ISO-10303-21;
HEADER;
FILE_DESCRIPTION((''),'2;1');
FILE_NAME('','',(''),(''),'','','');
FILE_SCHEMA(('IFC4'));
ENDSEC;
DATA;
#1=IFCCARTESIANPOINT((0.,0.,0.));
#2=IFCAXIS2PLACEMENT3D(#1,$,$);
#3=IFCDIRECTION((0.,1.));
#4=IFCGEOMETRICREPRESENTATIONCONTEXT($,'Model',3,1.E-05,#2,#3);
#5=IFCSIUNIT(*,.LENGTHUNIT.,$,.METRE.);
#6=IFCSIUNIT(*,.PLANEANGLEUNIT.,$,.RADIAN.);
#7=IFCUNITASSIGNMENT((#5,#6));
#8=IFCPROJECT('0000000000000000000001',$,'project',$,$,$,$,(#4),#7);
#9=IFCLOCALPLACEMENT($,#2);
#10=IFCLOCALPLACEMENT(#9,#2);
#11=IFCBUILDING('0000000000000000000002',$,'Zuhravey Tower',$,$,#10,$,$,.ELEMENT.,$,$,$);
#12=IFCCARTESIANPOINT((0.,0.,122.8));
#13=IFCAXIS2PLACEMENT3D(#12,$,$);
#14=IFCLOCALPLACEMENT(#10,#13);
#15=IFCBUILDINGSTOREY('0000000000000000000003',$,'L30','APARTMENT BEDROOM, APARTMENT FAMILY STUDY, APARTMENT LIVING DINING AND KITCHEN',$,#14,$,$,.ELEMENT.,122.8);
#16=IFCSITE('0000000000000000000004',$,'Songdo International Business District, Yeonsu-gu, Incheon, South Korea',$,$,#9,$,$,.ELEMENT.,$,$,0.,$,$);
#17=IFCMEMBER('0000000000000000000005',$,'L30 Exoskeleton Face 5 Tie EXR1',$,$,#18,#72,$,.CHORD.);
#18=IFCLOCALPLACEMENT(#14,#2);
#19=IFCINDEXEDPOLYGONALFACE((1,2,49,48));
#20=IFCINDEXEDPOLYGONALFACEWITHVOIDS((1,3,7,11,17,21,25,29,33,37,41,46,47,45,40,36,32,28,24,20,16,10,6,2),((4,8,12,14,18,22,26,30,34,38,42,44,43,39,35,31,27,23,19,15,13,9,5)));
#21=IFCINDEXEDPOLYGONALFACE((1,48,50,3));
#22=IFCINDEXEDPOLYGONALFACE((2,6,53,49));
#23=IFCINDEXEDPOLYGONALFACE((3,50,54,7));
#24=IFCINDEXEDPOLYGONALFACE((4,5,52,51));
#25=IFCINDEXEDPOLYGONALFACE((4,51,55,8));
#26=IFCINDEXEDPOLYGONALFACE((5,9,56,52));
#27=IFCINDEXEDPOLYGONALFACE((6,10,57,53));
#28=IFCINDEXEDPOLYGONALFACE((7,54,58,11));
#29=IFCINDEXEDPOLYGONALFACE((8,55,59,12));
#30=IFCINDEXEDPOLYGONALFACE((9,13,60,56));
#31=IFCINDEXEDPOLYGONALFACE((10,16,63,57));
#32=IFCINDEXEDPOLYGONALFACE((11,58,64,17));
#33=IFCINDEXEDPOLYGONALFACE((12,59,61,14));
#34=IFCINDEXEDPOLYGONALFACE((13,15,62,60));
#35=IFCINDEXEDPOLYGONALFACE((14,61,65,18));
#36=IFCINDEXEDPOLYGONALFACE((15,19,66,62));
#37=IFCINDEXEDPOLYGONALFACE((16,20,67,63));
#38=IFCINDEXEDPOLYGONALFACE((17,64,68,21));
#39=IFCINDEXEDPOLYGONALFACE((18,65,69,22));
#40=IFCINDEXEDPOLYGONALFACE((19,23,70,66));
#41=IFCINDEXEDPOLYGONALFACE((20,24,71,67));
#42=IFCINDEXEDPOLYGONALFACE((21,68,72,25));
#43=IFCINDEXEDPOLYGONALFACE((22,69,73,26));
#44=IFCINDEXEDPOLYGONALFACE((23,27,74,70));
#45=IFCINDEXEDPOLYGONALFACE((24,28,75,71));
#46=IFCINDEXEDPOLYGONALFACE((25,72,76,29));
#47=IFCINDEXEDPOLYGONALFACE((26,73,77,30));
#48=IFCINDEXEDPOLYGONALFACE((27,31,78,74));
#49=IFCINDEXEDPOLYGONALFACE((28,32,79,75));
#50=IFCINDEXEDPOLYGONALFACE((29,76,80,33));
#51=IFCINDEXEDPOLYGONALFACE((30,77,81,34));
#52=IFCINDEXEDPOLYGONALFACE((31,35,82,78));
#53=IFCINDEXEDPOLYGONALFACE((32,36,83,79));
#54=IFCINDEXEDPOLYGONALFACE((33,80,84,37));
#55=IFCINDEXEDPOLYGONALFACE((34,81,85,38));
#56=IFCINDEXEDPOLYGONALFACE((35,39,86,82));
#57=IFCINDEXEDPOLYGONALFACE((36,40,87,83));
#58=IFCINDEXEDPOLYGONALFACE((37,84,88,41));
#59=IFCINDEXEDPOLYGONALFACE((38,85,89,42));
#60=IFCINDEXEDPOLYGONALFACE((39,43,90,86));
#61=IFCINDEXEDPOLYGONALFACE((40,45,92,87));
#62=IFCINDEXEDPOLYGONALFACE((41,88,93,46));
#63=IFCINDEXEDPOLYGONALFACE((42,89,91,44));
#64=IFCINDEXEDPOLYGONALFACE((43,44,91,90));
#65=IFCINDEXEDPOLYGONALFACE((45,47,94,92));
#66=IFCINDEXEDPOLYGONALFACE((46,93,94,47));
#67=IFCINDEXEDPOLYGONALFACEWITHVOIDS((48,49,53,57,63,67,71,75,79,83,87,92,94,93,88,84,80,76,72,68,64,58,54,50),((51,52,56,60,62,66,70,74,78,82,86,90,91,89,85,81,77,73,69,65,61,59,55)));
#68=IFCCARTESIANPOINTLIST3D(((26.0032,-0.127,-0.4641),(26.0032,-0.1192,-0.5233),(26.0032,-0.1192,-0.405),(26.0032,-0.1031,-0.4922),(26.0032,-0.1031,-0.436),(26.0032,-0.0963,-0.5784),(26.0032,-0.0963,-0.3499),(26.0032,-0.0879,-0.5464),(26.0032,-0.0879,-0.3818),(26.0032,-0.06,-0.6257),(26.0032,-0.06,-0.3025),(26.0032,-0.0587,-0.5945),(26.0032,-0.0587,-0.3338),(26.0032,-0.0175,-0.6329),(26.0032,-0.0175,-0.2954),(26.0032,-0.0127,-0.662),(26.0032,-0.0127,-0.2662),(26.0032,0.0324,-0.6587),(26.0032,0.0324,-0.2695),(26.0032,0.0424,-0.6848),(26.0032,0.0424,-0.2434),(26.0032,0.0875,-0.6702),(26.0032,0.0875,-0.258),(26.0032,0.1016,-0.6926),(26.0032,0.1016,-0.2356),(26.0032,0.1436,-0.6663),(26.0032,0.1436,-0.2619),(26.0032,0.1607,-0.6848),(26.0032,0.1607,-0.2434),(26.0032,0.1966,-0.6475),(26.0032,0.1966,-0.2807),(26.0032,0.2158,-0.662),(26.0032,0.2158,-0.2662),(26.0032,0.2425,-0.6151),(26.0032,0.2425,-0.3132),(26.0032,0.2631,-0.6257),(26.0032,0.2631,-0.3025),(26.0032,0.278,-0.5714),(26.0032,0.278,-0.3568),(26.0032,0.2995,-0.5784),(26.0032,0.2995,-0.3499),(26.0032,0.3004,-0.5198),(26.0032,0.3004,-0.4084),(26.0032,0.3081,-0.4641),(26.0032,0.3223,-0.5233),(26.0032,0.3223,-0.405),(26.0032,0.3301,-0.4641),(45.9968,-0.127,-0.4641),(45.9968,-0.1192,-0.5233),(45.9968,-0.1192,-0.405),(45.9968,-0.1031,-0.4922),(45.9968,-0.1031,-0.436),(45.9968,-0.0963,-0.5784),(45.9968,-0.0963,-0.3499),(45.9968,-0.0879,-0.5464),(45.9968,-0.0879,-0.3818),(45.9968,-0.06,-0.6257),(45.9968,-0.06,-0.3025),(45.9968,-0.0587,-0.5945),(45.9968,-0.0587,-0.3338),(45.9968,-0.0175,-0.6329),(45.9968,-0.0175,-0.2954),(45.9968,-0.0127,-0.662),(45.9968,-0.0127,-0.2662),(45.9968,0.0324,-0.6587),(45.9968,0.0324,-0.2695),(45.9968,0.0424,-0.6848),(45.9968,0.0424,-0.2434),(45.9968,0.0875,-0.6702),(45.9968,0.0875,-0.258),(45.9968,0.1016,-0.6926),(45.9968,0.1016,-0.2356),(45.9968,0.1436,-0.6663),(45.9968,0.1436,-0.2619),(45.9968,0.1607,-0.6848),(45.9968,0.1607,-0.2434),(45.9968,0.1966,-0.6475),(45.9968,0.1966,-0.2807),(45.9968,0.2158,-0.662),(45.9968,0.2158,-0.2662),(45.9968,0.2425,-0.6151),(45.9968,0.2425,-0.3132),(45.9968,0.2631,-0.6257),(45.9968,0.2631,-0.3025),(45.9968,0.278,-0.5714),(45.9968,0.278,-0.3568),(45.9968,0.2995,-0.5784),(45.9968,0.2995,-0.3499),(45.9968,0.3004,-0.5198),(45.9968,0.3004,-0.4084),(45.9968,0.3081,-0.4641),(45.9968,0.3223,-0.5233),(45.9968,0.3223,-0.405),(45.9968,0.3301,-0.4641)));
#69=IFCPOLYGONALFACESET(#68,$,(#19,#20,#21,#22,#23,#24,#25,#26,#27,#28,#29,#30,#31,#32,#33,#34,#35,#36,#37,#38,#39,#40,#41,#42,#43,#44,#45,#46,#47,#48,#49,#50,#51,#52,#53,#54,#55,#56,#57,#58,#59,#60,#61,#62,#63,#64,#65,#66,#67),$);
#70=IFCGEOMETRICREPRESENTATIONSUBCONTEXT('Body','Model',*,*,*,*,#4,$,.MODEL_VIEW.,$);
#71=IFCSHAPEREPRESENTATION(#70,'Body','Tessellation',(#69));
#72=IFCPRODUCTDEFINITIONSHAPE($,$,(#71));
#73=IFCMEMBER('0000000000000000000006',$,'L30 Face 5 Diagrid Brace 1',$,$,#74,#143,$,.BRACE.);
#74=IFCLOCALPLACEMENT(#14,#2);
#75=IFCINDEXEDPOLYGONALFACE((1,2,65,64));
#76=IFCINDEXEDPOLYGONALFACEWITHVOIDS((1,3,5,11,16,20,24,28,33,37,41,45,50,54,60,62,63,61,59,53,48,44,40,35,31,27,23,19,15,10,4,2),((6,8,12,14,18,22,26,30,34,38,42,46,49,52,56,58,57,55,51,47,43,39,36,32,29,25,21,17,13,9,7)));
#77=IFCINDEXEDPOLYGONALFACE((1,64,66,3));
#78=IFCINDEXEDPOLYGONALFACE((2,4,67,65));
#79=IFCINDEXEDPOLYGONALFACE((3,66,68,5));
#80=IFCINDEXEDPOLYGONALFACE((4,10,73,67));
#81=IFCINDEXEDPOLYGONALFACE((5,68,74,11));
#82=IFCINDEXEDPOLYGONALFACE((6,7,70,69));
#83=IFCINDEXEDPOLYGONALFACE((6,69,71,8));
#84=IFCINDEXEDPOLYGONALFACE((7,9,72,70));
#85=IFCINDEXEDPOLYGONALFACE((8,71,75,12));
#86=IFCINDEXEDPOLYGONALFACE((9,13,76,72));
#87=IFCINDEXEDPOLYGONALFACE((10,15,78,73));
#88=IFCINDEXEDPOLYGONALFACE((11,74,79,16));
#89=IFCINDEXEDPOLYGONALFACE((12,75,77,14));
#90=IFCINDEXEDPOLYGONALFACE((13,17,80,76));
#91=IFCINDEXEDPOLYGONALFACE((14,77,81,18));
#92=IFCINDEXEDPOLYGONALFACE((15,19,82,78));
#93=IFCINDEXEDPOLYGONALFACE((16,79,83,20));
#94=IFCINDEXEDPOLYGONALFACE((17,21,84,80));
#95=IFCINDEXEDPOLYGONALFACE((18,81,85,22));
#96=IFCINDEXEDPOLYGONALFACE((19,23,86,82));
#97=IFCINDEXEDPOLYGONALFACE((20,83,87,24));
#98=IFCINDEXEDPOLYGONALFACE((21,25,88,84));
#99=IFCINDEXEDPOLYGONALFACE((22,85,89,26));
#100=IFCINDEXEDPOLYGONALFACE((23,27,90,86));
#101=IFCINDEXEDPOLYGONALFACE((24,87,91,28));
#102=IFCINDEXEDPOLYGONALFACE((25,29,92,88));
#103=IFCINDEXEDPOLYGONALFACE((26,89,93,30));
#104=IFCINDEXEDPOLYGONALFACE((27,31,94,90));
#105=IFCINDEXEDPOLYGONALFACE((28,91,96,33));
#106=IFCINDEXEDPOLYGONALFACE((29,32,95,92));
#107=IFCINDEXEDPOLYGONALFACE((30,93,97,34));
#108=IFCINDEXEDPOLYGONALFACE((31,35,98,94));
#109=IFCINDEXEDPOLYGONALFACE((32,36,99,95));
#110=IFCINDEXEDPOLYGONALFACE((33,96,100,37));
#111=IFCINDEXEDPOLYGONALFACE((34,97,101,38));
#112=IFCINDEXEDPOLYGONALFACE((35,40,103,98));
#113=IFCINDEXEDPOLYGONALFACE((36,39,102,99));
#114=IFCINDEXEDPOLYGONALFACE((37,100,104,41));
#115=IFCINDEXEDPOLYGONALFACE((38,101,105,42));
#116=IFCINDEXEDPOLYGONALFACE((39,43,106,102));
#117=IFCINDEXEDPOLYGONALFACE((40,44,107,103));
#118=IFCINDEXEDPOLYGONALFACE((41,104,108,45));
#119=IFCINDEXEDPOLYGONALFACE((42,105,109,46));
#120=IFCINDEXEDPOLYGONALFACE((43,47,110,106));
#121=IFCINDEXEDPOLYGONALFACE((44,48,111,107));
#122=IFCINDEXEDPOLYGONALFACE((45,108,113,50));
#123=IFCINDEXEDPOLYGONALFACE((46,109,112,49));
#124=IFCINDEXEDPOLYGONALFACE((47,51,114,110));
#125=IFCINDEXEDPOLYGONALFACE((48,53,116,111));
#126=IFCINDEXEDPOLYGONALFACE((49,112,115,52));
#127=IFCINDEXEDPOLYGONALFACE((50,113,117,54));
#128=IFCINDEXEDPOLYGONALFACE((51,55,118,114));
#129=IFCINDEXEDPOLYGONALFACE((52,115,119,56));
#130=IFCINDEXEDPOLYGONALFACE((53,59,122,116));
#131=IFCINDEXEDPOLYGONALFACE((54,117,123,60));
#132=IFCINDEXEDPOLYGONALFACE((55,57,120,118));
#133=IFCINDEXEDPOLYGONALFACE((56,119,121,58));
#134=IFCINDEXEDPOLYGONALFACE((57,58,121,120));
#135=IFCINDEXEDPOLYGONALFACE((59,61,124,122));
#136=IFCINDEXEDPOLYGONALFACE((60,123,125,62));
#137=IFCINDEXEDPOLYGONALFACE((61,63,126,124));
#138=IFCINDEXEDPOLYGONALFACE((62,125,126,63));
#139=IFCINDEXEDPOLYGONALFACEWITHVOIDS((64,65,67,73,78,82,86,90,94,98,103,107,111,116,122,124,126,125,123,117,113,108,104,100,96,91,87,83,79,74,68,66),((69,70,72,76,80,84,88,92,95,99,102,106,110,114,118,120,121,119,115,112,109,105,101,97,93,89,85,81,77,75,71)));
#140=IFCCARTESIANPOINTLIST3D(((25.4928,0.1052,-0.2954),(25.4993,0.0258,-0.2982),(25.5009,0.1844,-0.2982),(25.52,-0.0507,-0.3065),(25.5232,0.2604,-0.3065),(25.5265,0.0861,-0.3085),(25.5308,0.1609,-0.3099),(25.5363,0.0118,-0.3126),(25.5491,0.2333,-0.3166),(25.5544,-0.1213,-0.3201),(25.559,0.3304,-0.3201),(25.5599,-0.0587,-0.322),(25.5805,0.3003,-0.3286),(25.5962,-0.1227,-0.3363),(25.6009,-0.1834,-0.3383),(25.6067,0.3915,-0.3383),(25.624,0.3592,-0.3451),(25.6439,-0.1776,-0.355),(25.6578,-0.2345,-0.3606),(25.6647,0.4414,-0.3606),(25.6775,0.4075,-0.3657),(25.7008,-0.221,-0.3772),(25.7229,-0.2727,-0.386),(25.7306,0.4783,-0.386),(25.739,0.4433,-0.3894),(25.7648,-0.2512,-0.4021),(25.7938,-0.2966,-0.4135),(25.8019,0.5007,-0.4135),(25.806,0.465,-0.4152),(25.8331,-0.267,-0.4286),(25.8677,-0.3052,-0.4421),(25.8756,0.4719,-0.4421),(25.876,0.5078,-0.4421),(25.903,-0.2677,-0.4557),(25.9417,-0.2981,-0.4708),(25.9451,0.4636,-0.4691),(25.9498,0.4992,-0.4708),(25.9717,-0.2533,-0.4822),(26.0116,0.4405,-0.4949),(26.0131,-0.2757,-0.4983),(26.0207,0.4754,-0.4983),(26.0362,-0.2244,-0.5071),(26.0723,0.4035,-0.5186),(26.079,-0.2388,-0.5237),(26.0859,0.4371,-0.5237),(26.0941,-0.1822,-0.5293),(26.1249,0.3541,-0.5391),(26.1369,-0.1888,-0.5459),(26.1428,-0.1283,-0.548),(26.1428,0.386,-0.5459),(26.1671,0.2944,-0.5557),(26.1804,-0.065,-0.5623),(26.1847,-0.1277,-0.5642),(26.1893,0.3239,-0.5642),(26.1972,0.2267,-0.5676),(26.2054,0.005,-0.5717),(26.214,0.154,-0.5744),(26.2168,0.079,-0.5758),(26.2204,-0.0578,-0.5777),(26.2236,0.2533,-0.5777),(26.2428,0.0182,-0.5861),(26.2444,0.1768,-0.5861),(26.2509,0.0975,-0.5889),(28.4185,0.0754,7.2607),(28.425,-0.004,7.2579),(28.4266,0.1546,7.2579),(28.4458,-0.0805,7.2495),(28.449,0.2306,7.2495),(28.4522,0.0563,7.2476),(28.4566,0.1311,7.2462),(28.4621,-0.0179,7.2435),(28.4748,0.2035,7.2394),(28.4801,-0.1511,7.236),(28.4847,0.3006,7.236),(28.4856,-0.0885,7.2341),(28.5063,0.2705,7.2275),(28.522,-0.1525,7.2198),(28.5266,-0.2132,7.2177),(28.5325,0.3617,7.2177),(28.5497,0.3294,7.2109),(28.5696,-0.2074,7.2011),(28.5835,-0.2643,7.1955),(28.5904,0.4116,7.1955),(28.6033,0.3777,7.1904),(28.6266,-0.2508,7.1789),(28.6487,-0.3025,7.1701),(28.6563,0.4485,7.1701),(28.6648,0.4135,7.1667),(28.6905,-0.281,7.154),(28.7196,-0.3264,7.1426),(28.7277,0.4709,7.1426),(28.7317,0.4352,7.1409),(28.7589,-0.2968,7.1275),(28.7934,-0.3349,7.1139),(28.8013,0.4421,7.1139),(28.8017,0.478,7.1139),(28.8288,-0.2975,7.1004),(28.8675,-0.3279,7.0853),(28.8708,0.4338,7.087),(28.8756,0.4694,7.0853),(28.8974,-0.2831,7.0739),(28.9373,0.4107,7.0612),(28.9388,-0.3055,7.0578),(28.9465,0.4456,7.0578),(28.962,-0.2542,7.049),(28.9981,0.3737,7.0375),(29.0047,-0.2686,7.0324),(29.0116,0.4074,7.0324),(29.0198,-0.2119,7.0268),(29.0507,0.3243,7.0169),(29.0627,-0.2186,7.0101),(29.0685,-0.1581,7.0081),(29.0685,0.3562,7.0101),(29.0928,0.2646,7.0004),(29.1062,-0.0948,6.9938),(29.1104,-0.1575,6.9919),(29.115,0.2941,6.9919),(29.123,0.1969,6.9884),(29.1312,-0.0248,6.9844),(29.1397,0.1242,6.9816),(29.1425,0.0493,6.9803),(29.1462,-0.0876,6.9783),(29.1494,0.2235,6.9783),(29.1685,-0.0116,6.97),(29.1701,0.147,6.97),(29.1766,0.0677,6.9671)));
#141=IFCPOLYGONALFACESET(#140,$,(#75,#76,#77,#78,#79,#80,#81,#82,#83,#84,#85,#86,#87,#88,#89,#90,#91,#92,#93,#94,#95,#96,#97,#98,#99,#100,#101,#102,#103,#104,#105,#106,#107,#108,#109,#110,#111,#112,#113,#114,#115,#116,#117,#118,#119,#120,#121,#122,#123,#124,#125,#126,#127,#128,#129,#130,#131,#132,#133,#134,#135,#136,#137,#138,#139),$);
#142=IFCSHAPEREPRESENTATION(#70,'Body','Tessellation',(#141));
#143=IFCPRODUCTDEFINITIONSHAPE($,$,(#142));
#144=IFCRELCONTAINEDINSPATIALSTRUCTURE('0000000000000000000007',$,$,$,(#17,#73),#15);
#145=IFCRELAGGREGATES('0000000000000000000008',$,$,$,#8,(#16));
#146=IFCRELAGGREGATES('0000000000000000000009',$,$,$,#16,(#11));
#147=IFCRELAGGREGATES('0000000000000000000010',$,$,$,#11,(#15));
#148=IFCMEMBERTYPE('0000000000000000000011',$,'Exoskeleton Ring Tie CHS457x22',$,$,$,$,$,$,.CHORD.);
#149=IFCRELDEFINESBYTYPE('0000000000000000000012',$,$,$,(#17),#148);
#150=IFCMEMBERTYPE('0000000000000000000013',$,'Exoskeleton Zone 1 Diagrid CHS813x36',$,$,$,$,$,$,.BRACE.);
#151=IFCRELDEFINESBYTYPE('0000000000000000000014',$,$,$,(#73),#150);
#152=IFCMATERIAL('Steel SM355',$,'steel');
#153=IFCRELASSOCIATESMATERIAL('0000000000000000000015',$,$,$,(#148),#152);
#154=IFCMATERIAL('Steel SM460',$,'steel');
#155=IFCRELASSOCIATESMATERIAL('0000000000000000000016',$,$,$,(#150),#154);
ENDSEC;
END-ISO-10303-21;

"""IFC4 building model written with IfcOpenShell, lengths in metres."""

from ifc_helpers import new_model, si_unit, direction, frame, origin, origin_2d, place, context, subcontext, project, spatial, hollow_circle, extrude, material, material_profile, profile_set, type_object, element, save


model = new_model("IFC4")

# Units and contexts
model_context = context("Model", 3, precision=1e-05, world=origin(), true_north=direction((0.0, 1.0)))
body_context = subcontext(model_context, "Body", "Model", "MODEL_VIEW")
ifc_project = project(units=[si_unit("LENGTHUNIT", "METRE"), si_unit("PLANEANGLEUNIT", "RADIAN")], contexts=[model_context])

# Site, building, storey
site_placement = place(None, origin())
site = spatial("IfcSite", under=ifc_project, at=site_placement, Name="Songdo International Business District, Yeonsu-gu, Incheon, South Korea", CompositionType="ELEMENT", RefElevation=0.0)
building_placement = place(site_placement, origin())
building = spatial("IfcBuilding", under=site, at=building_placement, Name="Zuhravey Tower", CompositionType="ELEMENT")
storey_placement = place(building_placement, frame((0.0, 0.0, 122.8)))
storey = spatial("IfcBuildingStorey", under=building, at=storey_placement, Name="L30", Description="APARTMENT BEDROOM, APARTMENT FAMILY STUDY, APARTMENT LIVING DINING AND KITCHEN", CompositionType="ELEMENT", Elevation=122.8)

# Members
ifc_material_1 = material(Name="Steel SM355", Category="steel")
ifc_material_profile_1 = material_profile(ifc_material_1, hollow_circle(Radius=0.2285, WallThickness=0.022, at=origin_2d()), Name="CHS-457.2x22")
ifc_profile_set_1 = profile_set([ifc_material_profile_1], Name="Steel SM355")
member_type_1 = type_object("IfcMemberType", Name="Exoskeleton Ring Tie CHS457x22", PredefinedType="CHORD", material=ifc_profile_set_1)
member_1_placement = place(storey_placement, frame((26.0032, 0.1016, -0.4641), z_axis=(1.0, 0.0, 0.0), x_axis=(0.0, 1.0, 0.0)))
element("IfcMember", 1, at=member_1_placement, inside=storey, type_object=member_type_1, Name="L30 Exoskeleton Face 5 Tie EXR1", PredefinedType="CHORD", context=body_context, shape_type="SweptSolid", body=[
    extrude(hollow_circle(Radius=0.2285, WallThickness=0.022, at=origin_2d()), origin(), (0.0, 0.0, 1.0), 19.9937),
])
ifc_material_2 = material(Name="Steel SM460", Category="steel")
ifc_material_profile_2 = material_profile(ifc_material_2, hollow_circle(Radius=0.4065, WallThickness=0.0359, at=origin_2d()), Name="CHS-812.8x36")
ifc_profile_set_2 = profile_set([ifc_material_profile_2], Name="Steel SM460")
member_type_2 = type_object("IfcMemberType", Name="Exoskeleton Zone 1 Diagrid CHS813x36", PredefinedType="BRACE", material=ifc_profile_set_2)
member_2_placement = place(storey_placement, frame((25.8718, 0.1013, -0.4421), z_axis=(0.36108, -0.003676, 0.932528), x_axis=(0.01018, 0.999948, 0.0)))
element("IfcMember", 2, at=member_2_placement, inside=storey, type_object=member_type_2, Name="L30 Face 5 Diagrid Brace 1", PredefinedType="BRACE", context=body_context, shape_type="SweptSolid", body=[
    extrude(hollow_circle(Radius=0.4065, WallThickness=0.0359, at=origin_2d()), origin(), (0.0, 0.0, 1.0), 8.1028),
])

save(model, "model.ifc")
